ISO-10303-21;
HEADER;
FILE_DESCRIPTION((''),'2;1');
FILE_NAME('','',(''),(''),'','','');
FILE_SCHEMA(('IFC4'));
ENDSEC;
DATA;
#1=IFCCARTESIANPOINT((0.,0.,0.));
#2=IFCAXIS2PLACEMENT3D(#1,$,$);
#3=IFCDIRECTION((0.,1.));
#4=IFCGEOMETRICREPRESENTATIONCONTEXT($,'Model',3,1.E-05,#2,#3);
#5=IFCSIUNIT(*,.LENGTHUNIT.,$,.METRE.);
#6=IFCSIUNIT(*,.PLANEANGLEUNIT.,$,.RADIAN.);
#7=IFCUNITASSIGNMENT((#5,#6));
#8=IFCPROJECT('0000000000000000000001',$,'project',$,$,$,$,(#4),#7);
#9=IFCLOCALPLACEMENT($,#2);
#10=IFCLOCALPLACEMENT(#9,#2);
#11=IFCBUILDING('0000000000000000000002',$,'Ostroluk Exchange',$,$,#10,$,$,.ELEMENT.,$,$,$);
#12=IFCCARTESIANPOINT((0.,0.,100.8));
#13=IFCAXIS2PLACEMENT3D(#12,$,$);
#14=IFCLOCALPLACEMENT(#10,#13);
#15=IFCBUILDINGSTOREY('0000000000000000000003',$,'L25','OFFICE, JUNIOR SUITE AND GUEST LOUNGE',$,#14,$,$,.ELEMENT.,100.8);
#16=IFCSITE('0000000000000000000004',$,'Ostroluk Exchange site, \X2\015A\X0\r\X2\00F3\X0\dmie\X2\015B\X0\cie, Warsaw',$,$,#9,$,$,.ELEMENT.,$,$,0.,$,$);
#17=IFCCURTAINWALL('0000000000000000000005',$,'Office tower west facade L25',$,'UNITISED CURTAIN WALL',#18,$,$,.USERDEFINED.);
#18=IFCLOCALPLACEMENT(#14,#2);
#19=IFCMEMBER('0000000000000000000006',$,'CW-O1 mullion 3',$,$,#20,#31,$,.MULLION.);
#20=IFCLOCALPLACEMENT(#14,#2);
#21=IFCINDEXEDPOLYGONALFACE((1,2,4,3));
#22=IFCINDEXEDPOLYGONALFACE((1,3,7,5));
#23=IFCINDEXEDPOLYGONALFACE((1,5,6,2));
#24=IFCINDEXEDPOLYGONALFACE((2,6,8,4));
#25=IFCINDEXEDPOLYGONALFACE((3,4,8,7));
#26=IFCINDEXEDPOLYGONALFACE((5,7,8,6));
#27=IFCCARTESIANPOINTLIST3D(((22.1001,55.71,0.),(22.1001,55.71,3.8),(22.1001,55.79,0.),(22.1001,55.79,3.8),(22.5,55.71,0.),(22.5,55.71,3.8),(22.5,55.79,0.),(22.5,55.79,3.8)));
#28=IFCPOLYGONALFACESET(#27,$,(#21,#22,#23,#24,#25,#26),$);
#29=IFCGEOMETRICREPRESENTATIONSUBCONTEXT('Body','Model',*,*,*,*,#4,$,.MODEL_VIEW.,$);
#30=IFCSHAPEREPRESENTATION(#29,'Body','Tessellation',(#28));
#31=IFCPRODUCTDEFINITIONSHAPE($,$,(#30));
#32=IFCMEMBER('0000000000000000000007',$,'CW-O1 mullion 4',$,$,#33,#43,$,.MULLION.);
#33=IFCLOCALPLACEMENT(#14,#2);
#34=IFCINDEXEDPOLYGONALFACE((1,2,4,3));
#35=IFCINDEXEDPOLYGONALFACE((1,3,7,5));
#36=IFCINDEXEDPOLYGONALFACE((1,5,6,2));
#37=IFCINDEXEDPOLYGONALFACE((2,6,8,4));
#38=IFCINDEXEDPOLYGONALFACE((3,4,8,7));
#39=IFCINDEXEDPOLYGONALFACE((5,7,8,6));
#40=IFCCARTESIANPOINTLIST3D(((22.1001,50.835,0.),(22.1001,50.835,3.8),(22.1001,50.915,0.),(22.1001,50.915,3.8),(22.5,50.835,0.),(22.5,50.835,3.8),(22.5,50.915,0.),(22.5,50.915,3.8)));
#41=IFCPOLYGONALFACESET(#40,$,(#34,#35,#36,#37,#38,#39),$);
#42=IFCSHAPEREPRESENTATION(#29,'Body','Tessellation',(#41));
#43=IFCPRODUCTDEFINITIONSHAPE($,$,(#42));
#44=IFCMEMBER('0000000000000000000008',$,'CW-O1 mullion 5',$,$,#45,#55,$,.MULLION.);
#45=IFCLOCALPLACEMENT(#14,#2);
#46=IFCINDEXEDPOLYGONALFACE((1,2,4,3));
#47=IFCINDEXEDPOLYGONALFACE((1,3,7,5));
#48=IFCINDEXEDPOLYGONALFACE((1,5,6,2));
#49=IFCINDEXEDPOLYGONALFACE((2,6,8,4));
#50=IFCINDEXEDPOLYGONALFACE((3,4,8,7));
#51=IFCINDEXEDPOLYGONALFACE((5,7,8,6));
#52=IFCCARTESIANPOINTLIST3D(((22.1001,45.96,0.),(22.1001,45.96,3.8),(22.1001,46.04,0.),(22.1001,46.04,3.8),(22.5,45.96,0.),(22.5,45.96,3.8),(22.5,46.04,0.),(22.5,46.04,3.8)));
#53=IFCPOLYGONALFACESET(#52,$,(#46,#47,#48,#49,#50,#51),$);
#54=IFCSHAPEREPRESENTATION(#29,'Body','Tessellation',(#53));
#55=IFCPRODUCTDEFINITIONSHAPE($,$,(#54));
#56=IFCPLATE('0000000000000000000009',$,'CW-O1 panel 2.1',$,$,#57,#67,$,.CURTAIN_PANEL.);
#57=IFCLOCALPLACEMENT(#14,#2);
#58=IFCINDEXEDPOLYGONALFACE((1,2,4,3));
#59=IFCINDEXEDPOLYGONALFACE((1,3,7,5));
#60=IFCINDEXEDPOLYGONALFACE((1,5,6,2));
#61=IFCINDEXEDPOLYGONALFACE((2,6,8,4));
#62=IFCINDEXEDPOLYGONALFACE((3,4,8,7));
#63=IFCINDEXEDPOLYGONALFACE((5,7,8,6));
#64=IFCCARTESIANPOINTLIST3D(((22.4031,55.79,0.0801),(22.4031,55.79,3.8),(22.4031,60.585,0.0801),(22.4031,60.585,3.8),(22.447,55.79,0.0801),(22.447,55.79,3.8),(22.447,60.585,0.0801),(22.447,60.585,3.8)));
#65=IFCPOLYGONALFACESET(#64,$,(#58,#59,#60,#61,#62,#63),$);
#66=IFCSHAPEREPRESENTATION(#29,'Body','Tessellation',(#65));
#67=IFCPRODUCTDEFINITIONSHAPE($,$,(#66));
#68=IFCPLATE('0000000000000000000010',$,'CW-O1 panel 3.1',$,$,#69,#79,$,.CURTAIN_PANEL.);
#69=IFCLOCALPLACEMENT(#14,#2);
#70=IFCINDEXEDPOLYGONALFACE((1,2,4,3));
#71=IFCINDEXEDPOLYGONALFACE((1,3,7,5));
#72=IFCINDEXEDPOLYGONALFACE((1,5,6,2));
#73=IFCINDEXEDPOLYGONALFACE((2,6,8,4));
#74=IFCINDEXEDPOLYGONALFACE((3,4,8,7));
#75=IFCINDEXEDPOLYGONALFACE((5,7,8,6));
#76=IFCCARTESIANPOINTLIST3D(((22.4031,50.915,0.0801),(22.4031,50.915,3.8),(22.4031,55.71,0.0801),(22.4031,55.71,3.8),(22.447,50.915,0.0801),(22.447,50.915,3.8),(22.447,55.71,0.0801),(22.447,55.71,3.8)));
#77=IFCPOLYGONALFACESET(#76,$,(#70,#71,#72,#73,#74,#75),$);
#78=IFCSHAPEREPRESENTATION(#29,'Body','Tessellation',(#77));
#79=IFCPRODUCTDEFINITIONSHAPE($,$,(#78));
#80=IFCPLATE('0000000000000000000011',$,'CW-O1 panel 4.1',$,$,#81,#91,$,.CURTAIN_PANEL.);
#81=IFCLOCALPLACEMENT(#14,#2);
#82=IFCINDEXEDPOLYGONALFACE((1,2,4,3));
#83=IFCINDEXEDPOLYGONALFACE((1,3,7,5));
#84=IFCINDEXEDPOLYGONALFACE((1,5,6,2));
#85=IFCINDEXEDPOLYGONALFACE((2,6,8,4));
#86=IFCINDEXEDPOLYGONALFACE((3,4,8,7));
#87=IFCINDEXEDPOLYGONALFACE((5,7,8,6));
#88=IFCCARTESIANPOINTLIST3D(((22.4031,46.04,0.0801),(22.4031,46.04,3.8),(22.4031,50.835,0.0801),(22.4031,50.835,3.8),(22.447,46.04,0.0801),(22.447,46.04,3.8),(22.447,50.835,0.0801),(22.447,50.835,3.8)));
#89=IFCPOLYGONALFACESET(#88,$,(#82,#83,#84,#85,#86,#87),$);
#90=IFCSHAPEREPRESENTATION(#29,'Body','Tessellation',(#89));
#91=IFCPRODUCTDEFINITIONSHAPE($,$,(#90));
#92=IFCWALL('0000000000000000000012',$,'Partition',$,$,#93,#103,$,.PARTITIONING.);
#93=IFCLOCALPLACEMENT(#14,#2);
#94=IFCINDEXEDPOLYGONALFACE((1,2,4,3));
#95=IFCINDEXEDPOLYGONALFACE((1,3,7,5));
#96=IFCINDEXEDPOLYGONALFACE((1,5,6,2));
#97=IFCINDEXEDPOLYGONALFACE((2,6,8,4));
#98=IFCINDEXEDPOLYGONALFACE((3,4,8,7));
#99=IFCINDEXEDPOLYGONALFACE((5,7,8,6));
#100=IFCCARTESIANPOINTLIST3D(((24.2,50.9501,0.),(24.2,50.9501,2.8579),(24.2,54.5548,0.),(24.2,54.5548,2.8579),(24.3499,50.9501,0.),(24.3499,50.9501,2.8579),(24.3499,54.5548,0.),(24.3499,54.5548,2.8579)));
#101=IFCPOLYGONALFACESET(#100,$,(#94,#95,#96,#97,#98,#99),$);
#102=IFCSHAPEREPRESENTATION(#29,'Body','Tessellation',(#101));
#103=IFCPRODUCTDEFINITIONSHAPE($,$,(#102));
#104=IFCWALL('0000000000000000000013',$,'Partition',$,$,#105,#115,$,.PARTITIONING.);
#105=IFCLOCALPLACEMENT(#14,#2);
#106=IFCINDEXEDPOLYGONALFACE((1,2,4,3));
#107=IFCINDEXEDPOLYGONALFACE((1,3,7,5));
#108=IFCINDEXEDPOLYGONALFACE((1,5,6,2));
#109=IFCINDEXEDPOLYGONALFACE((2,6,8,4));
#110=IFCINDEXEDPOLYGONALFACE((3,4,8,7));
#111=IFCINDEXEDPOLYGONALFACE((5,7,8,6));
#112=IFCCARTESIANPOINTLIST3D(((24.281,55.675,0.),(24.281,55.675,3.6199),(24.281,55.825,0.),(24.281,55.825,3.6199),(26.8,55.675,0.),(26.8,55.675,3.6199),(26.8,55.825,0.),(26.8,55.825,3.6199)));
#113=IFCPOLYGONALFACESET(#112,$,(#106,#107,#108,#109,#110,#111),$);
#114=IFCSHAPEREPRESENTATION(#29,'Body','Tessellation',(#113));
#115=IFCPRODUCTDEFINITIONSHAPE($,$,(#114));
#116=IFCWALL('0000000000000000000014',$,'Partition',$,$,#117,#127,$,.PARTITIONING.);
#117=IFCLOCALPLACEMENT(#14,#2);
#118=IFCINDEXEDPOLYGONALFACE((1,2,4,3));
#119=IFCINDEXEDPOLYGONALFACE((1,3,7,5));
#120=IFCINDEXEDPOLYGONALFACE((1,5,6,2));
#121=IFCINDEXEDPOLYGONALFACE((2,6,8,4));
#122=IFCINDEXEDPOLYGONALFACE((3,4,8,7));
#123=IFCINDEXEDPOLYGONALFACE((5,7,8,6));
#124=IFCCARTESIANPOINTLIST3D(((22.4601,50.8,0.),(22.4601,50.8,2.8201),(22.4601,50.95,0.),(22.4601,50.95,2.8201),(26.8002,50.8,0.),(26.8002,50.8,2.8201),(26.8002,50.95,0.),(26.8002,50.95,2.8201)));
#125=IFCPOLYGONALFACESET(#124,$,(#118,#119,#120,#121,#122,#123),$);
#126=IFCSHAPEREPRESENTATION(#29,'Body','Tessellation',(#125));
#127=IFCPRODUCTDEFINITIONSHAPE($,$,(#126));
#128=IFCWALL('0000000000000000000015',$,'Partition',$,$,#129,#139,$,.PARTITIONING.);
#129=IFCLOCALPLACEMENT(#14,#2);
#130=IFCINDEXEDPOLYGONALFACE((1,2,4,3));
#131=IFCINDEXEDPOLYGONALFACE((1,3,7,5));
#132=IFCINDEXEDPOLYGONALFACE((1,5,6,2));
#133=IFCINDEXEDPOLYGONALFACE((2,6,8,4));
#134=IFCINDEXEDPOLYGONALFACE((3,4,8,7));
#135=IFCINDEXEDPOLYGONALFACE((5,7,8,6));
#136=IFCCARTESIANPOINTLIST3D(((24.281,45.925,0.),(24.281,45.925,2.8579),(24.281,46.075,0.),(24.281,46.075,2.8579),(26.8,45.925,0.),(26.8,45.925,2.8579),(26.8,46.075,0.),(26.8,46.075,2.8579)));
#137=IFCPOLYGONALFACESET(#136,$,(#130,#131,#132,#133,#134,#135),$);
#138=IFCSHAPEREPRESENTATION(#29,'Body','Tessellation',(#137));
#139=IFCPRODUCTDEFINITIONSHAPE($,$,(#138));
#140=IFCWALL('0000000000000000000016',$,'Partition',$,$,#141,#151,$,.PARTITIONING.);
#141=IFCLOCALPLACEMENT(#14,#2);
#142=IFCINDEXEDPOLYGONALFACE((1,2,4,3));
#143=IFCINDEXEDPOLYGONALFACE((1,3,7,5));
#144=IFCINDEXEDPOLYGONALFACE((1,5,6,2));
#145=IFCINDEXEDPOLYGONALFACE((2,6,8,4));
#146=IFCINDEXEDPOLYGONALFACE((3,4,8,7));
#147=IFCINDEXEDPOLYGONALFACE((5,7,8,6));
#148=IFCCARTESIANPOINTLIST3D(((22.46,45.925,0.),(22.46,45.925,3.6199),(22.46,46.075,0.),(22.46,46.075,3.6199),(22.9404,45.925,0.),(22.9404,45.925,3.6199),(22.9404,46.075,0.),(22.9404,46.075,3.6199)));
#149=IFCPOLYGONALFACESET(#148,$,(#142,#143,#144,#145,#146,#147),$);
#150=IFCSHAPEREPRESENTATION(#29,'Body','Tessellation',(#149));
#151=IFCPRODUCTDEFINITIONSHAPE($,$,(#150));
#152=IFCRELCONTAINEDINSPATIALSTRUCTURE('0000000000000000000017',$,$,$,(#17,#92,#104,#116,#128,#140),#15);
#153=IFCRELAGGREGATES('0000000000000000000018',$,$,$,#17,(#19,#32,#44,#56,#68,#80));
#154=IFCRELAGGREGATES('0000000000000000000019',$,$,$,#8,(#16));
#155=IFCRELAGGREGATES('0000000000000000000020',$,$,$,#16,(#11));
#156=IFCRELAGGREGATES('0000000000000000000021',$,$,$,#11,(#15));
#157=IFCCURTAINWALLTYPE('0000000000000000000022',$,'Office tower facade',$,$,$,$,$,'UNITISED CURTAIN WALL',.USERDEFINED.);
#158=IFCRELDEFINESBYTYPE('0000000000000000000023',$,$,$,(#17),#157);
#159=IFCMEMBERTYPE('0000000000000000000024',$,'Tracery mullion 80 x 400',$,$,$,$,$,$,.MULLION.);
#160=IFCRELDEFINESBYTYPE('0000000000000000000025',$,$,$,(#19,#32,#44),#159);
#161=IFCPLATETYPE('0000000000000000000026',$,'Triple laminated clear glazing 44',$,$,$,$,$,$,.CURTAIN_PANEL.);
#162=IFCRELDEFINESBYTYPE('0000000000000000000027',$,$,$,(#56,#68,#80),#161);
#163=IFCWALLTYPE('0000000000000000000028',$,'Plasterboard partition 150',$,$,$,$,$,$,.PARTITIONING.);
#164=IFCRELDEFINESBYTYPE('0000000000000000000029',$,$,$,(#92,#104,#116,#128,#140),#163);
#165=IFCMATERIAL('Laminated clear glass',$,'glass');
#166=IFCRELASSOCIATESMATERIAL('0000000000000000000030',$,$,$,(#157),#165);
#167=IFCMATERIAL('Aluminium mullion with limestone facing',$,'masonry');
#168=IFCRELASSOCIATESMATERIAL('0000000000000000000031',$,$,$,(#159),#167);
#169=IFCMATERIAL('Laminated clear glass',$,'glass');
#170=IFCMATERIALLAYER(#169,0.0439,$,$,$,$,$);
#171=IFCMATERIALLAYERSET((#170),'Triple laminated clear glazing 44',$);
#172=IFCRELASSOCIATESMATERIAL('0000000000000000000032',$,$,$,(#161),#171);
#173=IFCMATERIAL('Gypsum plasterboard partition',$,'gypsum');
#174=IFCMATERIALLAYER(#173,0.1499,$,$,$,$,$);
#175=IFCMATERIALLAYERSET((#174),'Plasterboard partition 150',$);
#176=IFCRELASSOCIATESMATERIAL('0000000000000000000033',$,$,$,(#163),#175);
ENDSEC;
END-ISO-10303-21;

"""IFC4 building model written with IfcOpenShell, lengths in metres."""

from ifc_helpers import new_model, si_unit, direction, frame, frame_2d, origin, origin_2d, place, context, subcontext, project, spatial, rectangle, extrude, material, layer, layer_set, material_profile, profile_set, type_object, element, aggregate, save


model = new_model("IFC4")

# Units and contexts
model_context = context("Model", 3, precision=1e-05, world=origin(), true_north=direction((0.0, 1.0)))
body_context = subcontext(model_context, "Body", "Model", "MODEL_VIEW")
ifc_project = project(units=[si_unit("LENGTHUNIT", "METRE"), si_unit("PLANEANGLEUNIT", "RADIAN")], contexts=[model_context])

# Site, building, storey
site_placement = place(None, origin())
site = spatial("IfcSite", under=ifc_project, at=site_placement, Name="Ostroluk Exchange site, Śródmieście, Warsaw", CompositionType="ELEMENT", RefElevation=0.0)
building_placement = place(site_placement, origin())
building = spatial("IfcBuilding", under=site, at=building_placement, Name="Ostroluk Exchange", CompositionType="ELEMENT")
storey_placement = place(building_placement, frame((0.0, 0.0, 100.8)))
storey = spatial("IfcBuildingStorey", under=building, at=storey_placement, Name="L25", Description="OFFICE, JUNIOR SUITE AND GUEST LOUNGE", CompositionType="ELEMENT", Elevation=100.8)

# Curtain wall, members, plates
ifc_material_1 = material(Name="Laminated clear glass", Category="glass")
curtain_wall_type = type_object("IfcCurtainWallType", Name="Office tower facade", ElementType="UNITISED CURTAIN WALL", PredefinedType="USERDEFINED", material=ifc_material_1)
curtain_wall_placement = place(storey_placement, origin())
curtain_wall = element("IfcCurtainWall", 1, at=curtain_wall_placement, inside=storey, type_object=curtain_wall_type, Name="Office tower west facade L25", ObjectType="UNITISED CURTAIN WALL", PredefinedType="USERDEFINED")
ifc_material_2 = material(Name="Aluminium mullion with limestone facing", Category="masonry")
ifc_material_profile_1 = material_profile(ifc_material_2, rectangle(XDim=0.3999, YDim=0.0801, at=origin_2d()), Name="Tracery mullion 80 x 400")
ifc_profile_set_1 = profile_set([ifc_material_profile_1], Name="Aluminium mullion with limestone facing")
member_type_1 = type_object("IfcMemberType", Name="Tracery mullion 80 x 400", PredefinedType="MULLION", material=ifc_profile_set_1)
member_1_placement = place(storey_placement, frame((22.3, 55.75, 0.0), z_axis=(0.0, 0.0, 1.0), x_axis=(1.0, 0.0, 0.0)))
member_1 = element("IfcMember", 2, at=member_1_placement, type_object=member_type_1, Name="CW-O1 mullion 3", PredefinedType="MULLION", context=body_context, shape_type="SweptSolid", body=[
    extrude(rectangle(XDim=0.3999, YDim=0.0801, at=origin_2d()), origin(), (0.0, 0.0, 1.0), 3.8),
])
member_2_placement = place(storey_placement, frame((22.3, 50.875, 0.0), z_axis=(0.0, 0.0, 1.0), x_axis=(1.0, 0.0, 0.0)))
member_2 = element("IfcMember", 3, at=member_2_placement, type_object=member_type_1, Name="CW-O1 mullion 4", PredefinedType="MULLION", context=body_context, shape_type="SweptSolid", body=[
    extrude(rectangle(XDim=0.3999, YDim=0.0801, at=origin_2d()), origin(), (0.0, 0.0, 1.0), 3.8),
])
member_3_placement = place(storey_placement, frame((22.3, 46.0, 0.0), z_axis=(0.0, 0.0, 1.0), x_axis=(1.0, 0.0, 0.0)))
member_3 = element("IfcMember", 4, at=member_3_placement, type_object=member_type_1, Name="CW-O1 mullion 5", PredefinedType="MULLION", context=body_context, shape_type="SweptSolid", body=[
    extrude(rectangle(XDim=0.3999, YDim=0.0801, at=origin_2d()), origin(), (0.0, 0.0, 1.0), 3.8),
])
ifc_material_3 = material(Name="Laminated clear glass", Category="glass")
ifc_layer_1 = layer(ifc_material_3, 0.0439)
ifc_layer_set_1 = layer_set([ifc_layer_1], Name="Triple laminated clear glazing 44")
plate_type = type_object("IfcPlateType", Name="Triple laminated clear glazing 44", PredefinedType="CURTAIN_PANEL", material=ifc_layer_set_1)
plate_1_placement = place(storey_placement, frame((22.425, 58.1875, 0.0801), z_axis=(0.0, 0.0, 1.0), x_axis=(0.0, -1.0, 0.0)))
plate_1 = element("IfcPlate", 5, at=plate_1_placement, type_object=plate_type, Name="CW-O1 panel 2.1", PredefinedType="CURTAIN_PANEL", context=body_context, shape_type="SweptSolid", body=[
    extrude(rectangle(XDim=4.7949, YDim=0.0439, at=origin_2d()), origin(), (0.0, 0.0, 1.0), 3.72),
])
plate_2_placement = place(storey_placement, frame((22.425, 53.3125, 0.0801), z_axis=(0.0, 0.0, 1.0), x_axis=(0.0, -1.0, 0.0)))
plate_2 = element("IfcPlate", 6, at=plate_2_placement, type_object=plate_type, Name="CW-O1 panel 3.1", PredefinedType="CURTAIN_PANEL", context=body_context, shape_type="SweptSolid", body=[
    extrude(rectangle(XDim=4.7949, YDim=0.0439, at=origin_2d()), origin(), (0.0, 0.0, 1.0), 3.72),
])
plate_3_placement = place(storey_placement, frame((22.425, 48.4375, 0.0801), z_axis=(0.0, 0.0, 1.0), x_axis=(0.0, -1.0, 0.0)))
plate_3 = element("IfcPlate", 7, at=plate_3_placement, type_object=plate_type, Name="CW-O1 panel 4.1", PredefinedType="CURTAIN_PANEL", context=body_context, shape_type="SweptSolid", body=[
    extrude(rectangle(XDim=4.7949, YDim=0.0439, at=origin_2d()), origin(), (0.0, 0.0, 1.0), 3.72),
])
aggregate(curtain_wall, [member_1, member_2, member_3, plate_1, plate_2, plate_3])

# Walls
ifc_material_4 = material(Name="Gypsum plasterboard partition", Category="gypsum")
ifc_layer_2 = layer(ifc_material_4, 0.1499)
ifc_layer_set_2 = layer_set([ifc_layer_2], Name="Plasterboard partition 150")
wall_type = type_object("IfcWallType", Name="Plasterboard partition 150", PredefinedType="PARTITIONING", material=ifc_layer_set_2)
wall_1_placement = place(storey_placement, frame((24.2749, 54.5547, 0.0), z_axis=(0.0, 0.0, 1.0), x_axis=(0.0, -1.0, 0.0)))
element("IfcWall", 8, at=wall_1_placement, inside=storey, type_object=wall_type, Name="Partition", PredefinedType="PARTITIONING", context=body_context, shape_type="SweptSolid", body=[
    extrude(rectangle(XDim=3.6047, YDim=0.1499, at=frame_2d((1.8022, 0.0))), origin(), (0.0, 0.0, 1.0), 2.8579),
])
wall_2_placement = place(storey_placement, frame((26.8, 55.75, 0.0), z_axis=(0.0, 0.0, 1.0), x_axis=(-1.0, 0.0, 0.0)))
element("IfcWall", 9, at=wall_2_placement, inside=storey, type_object=wall_type, Name="Partition", PredefinedType="PARTITIONING", context=body_context, shape_type="SweptSolid", body=[
    extrude(rectangle(XDim=2.519, YDim=0.1499, at=frame_2d((1.2595, 0.0))), origin(), (0.0, 0.0, 1.0), 3.6199),
])
wall_3_placement = place(storey_placement, frame((26.8, 50.875, 0.0), z_axis=(0.0, 0.0, 1.0), x_axis=(-1.0, 0.0, 0.0)))
element("IfcWall", 10, at=wall_3_placement, inside=storey, type_object=wall_type, Name="Partition", PredefinedType="PARTITIONING", context=body_context, shape_type="SweptSolid", body=[
    extrude(rectangle(XDim=4.3401, YDim=0.1499, at=frame_2d((2.1699, 0.0))), origin(), (0.0, 0.0, 1.0), 2.8201),
])
wall_4_placement = place(storey_placement, frame((26.8, 46.0, 0.0), z_axis=(0.0, 0.0, 1.0), x_axis=(-1.0, 0.0, 0.0)))
element("IfcWall", 11, at=wall_4_placement, inside=storey, type_object=wall_type, Name="Partition", PredefinedType="PARTITIONING", context=body_context, shape_type="SweptSolid", body=[
    extrude(rectangle(XDim=2.519, YDim=0.1499, at=frame_2d((1.2595, 0.0))), origin(), (0.0, 0.0, 1.0), 2.8579),
])
wall_5_placement = place(storey_placement, frame((22.9404, 46.0, 0.0), z_axis=(0.0, 0.0, 1.0), x_axis=(-1.0, 0.0, 0.0)))
element("IfcWall", 12, at=wall_5_placement, inside=storey, type_object=wall_type, Name="Partition", PredefinedType="PARTITIONING", context=body_context, shape_type="SweptSolid", body=[
    extrude(rectangle(XDim=0.4805, YDim=0.1499, at=frame_2d((0.2402, 0.0))), origin(), (0.0, 0.0, 1.0), 3.6199),
])

save(model, "model.ifc")
